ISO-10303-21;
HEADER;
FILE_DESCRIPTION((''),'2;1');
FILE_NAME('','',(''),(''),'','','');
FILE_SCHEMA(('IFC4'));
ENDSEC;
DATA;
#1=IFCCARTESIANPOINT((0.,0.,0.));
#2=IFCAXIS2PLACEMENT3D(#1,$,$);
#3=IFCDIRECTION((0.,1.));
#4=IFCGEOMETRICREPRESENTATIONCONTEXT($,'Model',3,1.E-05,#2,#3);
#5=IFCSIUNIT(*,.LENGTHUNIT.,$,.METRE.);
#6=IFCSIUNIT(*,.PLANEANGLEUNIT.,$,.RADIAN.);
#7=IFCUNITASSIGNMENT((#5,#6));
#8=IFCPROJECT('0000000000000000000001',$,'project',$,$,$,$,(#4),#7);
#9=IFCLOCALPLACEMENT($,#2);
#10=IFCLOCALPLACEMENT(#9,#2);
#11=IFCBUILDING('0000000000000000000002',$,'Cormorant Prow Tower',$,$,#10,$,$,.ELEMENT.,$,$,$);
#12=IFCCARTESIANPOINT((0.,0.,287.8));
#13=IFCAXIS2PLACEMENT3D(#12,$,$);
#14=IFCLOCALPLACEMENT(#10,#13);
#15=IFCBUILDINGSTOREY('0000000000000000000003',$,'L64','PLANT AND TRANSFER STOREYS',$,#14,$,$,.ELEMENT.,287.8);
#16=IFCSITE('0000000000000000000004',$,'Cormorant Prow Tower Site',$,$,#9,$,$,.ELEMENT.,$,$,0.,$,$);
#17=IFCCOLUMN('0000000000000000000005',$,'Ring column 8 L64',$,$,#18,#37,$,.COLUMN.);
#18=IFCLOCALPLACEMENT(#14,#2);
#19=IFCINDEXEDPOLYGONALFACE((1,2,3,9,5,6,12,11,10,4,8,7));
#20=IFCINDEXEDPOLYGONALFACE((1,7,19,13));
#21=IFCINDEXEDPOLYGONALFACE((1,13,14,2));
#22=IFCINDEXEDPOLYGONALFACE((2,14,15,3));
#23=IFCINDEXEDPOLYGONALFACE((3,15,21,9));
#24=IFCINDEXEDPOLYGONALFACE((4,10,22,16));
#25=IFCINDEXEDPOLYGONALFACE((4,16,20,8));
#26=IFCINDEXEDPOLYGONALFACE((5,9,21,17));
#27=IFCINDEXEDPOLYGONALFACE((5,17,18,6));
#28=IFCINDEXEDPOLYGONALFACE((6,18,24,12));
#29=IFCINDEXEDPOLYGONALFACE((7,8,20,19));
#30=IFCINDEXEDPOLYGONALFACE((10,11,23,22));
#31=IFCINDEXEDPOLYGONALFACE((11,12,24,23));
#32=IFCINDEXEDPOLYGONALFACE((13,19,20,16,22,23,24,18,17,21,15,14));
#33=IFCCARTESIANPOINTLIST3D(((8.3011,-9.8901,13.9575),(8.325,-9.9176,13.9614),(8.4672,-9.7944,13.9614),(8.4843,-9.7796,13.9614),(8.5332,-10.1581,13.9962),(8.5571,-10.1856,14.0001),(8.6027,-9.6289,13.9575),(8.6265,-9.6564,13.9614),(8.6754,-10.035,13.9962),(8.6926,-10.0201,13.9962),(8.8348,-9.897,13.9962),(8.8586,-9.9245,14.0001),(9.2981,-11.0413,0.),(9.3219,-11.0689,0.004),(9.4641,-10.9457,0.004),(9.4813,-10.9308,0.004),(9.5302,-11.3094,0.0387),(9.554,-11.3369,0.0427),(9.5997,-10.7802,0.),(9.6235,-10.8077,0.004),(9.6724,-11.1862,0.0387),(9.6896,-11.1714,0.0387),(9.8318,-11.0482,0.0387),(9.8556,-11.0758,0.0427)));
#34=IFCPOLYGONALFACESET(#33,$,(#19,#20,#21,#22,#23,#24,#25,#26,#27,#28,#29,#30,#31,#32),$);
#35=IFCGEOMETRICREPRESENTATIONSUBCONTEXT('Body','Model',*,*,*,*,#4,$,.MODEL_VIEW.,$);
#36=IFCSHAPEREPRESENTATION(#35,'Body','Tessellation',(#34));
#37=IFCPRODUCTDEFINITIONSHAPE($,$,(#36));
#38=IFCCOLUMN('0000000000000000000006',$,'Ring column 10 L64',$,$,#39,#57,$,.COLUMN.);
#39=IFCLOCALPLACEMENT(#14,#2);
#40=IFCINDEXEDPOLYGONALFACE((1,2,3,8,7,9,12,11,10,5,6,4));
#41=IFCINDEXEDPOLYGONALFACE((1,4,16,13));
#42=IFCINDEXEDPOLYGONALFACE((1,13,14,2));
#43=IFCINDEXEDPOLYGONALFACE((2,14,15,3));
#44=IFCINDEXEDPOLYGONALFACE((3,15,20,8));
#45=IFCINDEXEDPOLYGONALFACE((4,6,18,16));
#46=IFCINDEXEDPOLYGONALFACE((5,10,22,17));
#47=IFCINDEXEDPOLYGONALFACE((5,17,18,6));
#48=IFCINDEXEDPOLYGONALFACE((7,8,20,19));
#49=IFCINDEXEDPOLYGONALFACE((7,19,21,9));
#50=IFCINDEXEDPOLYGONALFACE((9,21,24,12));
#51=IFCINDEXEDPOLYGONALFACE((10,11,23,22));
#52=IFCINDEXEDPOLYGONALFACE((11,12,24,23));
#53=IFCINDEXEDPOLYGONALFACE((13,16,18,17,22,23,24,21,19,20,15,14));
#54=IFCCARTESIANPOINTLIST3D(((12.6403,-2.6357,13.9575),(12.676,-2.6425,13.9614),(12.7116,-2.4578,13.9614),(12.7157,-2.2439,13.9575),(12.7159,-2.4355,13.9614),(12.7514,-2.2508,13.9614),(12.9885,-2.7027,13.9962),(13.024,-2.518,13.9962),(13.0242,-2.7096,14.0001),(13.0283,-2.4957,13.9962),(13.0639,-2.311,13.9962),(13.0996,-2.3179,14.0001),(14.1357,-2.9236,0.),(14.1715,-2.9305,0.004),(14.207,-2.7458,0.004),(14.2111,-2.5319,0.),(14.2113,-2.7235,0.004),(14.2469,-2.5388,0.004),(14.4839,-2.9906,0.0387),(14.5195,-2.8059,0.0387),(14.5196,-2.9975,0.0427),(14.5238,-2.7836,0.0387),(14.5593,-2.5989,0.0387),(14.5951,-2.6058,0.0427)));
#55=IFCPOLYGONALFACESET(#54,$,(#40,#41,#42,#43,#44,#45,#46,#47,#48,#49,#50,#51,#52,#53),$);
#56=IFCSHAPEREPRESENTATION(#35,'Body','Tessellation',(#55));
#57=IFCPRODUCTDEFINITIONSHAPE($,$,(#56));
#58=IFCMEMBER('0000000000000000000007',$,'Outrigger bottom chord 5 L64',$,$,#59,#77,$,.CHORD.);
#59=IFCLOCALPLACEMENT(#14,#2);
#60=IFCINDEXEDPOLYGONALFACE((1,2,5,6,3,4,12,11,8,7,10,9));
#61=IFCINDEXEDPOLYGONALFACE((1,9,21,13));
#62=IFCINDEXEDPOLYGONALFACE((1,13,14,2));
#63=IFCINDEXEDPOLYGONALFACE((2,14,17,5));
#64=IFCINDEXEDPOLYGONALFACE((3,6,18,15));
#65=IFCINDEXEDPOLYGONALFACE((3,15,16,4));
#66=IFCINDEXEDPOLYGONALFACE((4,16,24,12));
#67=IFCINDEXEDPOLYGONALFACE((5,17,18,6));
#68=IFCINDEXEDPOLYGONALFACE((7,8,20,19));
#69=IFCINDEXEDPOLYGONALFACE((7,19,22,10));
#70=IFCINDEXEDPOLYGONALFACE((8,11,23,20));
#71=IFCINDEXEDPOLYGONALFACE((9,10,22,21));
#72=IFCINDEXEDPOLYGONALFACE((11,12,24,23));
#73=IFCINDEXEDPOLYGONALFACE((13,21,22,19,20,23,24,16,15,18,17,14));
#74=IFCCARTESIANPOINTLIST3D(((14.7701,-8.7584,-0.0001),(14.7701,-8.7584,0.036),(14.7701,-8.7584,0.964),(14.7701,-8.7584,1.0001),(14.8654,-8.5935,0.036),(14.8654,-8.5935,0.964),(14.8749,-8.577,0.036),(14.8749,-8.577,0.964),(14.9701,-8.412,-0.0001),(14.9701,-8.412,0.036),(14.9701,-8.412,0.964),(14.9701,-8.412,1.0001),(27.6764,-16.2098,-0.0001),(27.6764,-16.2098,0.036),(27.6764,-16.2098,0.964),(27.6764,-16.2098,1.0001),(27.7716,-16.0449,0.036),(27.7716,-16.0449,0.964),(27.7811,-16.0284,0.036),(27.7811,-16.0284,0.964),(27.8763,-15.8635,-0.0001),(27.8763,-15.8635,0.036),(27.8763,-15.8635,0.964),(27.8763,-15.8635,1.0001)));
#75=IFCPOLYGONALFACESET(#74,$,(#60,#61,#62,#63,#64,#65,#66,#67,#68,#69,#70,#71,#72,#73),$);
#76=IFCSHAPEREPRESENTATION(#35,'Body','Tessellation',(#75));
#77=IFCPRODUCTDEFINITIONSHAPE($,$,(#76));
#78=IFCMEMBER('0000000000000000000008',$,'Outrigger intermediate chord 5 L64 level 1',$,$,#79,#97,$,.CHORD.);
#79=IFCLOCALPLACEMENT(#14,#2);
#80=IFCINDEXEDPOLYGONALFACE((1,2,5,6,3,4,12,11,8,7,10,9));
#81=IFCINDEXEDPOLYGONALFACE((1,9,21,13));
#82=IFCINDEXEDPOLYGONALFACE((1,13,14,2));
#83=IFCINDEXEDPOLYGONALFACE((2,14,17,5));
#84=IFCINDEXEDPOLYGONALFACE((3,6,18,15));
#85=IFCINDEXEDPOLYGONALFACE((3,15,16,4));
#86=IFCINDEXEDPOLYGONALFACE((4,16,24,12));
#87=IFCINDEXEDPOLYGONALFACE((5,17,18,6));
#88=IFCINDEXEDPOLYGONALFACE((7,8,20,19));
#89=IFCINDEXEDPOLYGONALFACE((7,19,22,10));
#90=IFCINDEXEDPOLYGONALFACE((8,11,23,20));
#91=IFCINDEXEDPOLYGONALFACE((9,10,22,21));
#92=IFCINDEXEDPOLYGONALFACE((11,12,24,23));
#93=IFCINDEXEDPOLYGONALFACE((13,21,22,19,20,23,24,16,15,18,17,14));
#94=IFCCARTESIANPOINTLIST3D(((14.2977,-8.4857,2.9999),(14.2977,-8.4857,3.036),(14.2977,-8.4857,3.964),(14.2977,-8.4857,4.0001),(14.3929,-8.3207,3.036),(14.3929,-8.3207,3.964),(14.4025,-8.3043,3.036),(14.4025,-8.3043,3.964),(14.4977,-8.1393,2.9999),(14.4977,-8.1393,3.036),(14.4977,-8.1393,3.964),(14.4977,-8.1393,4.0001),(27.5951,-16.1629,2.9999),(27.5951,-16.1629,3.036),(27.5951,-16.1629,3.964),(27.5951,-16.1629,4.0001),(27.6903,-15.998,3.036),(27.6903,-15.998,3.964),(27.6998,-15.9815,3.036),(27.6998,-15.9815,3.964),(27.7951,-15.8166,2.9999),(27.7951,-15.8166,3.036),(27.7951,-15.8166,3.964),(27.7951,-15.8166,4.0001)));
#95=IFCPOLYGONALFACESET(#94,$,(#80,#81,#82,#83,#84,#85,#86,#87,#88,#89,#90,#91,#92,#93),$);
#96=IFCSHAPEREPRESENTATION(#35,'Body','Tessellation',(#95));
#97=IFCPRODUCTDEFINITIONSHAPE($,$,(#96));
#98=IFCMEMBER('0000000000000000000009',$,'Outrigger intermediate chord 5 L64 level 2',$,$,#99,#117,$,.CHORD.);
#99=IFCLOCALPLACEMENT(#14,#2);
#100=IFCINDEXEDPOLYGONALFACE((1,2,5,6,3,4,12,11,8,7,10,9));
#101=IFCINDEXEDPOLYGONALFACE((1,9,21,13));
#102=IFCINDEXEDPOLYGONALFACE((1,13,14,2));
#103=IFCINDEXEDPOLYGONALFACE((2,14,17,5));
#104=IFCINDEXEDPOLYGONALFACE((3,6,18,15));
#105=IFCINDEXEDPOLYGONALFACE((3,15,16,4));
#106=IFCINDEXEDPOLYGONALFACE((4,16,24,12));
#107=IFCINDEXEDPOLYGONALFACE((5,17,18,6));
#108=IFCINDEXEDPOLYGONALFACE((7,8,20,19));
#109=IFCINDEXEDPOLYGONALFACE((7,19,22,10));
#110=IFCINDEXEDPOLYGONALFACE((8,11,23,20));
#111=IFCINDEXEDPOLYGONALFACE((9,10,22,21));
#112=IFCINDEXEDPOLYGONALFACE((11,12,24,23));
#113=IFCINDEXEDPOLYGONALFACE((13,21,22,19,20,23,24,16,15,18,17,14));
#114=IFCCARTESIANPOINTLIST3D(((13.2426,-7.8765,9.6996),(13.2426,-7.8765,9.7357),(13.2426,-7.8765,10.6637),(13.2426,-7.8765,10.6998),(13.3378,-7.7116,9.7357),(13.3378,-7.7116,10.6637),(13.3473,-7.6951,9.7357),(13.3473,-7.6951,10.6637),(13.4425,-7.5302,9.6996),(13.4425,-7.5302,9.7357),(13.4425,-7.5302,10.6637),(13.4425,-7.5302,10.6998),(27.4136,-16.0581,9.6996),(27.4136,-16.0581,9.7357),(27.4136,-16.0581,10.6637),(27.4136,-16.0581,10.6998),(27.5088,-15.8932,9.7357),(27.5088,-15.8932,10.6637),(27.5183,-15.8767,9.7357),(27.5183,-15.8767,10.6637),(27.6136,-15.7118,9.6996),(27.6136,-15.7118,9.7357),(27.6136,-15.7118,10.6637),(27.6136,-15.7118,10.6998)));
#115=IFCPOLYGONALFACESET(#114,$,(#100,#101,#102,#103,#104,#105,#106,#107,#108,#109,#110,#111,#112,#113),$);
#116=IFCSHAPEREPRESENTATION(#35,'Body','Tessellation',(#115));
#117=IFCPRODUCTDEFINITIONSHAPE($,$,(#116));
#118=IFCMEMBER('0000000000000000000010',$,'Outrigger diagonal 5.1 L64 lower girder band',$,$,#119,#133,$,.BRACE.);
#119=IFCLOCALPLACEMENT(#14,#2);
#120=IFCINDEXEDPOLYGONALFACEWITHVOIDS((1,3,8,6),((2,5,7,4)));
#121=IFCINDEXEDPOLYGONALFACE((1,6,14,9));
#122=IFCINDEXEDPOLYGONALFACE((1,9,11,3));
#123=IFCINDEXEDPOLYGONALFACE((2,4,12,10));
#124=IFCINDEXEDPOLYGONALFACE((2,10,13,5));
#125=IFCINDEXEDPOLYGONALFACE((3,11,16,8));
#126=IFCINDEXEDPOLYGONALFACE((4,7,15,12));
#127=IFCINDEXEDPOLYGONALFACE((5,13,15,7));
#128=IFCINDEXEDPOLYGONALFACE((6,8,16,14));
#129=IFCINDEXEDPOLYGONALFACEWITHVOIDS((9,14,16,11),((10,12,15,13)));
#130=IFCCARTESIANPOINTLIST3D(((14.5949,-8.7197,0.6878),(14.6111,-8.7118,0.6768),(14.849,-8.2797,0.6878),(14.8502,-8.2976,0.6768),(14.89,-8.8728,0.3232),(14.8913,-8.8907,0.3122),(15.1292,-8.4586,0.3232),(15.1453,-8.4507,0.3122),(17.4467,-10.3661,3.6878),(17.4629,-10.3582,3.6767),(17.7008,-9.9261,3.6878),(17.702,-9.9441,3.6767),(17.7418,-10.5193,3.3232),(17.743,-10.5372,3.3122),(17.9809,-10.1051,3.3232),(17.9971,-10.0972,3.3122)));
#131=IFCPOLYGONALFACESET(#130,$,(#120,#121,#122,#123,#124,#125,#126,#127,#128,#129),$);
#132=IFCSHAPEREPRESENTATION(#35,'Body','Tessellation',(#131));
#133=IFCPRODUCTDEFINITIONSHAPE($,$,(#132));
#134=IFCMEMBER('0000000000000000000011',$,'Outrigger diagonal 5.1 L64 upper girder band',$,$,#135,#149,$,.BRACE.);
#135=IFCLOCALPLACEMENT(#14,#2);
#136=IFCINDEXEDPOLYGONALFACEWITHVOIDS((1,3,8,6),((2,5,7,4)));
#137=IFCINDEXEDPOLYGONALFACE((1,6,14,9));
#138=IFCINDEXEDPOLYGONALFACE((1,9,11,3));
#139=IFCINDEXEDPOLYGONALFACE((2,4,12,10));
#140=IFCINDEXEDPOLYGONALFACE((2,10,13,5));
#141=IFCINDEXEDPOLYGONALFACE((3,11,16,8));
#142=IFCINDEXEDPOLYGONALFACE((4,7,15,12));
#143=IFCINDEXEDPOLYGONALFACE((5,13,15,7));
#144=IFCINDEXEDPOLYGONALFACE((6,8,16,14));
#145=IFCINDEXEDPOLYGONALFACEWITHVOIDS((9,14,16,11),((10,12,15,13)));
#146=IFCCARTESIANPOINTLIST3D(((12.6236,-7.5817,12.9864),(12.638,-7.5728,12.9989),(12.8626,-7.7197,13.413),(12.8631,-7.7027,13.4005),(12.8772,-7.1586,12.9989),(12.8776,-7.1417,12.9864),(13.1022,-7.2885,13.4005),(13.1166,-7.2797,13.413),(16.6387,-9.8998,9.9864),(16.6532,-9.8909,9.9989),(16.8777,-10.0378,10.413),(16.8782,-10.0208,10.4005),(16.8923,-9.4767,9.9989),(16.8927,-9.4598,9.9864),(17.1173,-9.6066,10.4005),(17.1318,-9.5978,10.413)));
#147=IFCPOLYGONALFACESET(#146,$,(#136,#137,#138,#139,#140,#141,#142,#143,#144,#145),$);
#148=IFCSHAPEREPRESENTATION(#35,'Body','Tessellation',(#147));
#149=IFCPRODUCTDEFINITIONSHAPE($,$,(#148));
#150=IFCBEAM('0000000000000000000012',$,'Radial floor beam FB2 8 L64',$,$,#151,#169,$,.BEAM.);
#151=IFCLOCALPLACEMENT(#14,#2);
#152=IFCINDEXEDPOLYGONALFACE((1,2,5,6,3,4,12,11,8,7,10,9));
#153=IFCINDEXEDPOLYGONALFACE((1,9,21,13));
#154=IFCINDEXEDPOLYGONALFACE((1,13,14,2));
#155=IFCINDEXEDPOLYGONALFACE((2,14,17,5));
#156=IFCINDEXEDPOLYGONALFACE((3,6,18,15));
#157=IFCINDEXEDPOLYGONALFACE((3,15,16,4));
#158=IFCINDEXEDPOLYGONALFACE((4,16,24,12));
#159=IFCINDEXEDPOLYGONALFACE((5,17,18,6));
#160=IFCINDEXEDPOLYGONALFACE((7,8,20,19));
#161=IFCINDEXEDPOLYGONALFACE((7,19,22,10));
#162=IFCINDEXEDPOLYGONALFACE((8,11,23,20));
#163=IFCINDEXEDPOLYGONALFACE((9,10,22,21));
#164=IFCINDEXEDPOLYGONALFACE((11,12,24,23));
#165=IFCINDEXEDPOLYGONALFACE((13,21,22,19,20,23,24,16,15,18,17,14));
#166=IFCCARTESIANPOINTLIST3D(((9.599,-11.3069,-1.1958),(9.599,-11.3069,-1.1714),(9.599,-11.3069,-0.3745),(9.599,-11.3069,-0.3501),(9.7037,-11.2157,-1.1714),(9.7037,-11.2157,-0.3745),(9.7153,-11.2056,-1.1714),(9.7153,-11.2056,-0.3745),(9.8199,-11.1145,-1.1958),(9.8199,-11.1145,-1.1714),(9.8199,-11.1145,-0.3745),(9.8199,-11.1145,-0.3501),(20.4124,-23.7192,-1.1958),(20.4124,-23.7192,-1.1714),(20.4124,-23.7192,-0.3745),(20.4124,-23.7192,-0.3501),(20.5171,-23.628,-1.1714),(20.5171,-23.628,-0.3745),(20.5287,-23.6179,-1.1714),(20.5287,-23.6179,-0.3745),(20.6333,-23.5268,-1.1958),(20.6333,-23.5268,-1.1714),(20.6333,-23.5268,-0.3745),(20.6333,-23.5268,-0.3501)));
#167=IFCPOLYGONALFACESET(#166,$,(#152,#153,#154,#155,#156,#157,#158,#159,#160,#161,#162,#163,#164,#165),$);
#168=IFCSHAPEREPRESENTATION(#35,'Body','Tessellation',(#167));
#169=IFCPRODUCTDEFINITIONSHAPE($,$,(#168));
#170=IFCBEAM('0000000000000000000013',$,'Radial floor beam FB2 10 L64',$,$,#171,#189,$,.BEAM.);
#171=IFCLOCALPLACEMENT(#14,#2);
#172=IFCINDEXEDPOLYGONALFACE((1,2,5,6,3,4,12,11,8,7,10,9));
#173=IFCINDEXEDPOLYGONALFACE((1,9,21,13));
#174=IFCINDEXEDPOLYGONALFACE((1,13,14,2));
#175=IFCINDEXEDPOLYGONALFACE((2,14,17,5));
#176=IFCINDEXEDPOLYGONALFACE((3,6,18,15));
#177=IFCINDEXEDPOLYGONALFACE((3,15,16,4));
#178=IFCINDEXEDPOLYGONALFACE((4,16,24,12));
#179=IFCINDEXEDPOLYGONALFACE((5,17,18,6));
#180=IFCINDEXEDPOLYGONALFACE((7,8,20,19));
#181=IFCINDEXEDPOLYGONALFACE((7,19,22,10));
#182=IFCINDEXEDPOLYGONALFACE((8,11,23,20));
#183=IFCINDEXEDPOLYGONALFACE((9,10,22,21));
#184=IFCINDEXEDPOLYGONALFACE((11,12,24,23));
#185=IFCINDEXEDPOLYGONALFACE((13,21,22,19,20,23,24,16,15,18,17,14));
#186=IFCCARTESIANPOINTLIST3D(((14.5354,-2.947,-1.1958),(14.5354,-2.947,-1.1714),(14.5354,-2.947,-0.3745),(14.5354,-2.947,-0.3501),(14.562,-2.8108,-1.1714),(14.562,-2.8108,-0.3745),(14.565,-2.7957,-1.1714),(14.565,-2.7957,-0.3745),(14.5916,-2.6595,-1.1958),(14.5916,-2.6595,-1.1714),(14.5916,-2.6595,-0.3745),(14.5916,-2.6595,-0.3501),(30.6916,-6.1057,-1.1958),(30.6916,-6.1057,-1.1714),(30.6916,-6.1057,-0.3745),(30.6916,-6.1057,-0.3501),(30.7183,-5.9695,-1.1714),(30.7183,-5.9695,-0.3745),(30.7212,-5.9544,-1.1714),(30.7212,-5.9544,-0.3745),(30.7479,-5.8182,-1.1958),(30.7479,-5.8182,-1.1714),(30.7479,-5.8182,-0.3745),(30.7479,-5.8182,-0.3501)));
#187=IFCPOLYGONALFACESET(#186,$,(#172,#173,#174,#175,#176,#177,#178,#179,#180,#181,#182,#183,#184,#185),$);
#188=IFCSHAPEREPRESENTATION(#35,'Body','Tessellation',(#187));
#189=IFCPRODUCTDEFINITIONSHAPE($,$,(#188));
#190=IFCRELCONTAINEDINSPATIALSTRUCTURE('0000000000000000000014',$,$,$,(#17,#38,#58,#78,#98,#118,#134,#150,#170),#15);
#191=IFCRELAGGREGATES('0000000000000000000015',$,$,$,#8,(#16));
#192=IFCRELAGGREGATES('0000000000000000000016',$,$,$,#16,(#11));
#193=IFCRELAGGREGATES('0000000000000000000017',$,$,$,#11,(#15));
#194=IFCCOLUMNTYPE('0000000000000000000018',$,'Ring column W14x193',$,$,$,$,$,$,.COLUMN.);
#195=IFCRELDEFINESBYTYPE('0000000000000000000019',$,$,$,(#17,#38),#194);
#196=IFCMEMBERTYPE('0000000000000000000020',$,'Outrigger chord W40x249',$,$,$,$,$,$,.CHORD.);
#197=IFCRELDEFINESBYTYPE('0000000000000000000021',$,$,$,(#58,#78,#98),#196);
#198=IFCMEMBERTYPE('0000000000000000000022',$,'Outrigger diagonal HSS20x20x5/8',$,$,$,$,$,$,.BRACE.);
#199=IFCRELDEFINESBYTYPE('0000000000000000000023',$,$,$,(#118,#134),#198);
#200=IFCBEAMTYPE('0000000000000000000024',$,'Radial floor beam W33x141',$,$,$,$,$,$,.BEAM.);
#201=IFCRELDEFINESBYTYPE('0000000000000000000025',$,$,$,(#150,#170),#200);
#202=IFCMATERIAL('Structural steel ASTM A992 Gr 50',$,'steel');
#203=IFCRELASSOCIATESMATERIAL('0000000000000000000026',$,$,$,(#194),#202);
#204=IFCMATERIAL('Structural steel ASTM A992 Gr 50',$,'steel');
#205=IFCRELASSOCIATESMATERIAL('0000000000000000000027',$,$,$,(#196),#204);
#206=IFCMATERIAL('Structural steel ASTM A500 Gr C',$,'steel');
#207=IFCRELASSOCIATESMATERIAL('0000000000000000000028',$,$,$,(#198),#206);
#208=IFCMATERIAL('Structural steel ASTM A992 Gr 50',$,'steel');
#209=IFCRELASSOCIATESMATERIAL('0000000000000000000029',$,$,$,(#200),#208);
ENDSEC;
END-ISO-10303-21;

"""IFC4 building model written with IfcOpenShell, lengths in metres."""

from ifc_helpers import new_model, si_unit, direction, frame, origin, origin_2d, place, context, subcontext, project, spatial, hollow_rectangle, i_section, extrude, material, material_profile, profile_set, type_object, element, save


model = new_model("IFC4")

# Units and contexts
model_context = context("Model", 3, precision=1e-05, world=origin(), true_north=direction((0.0, 1.0)))
body_context = subcontext(model_context, "Body", "Model", "MODEL_VIEW")
ifc_project = project(units=[si_unit("LENGTHUNIT", "METRE"), si_unit("PLANEANGLEUNIT", "RADIAN")], contexts=[model_context])

# Site, building, storey
site_placement = place(None, origin())
site = spatial("IfcSite", under=ifc_project, at=site_placement, Name="Cormorant Prow Tower Site", CompositionType="ELEMENT", RefElevation=0.0)
building_placement = place(site_placement, origin())
building = spatial("IfcBuilding", under=site, at=building_placement, Name="Cormorant Prow Tower", CompositionType="ELEMENT")
storey_placement = place(building_placement, frame((0.0, 0.0, 287.8)))
storey = spatial("IfcBuildingStorey", under=building, at=storey_placement, Name="L64", Description="PLANT AND TRANSFER STOREYS", CompositionType="ELEMENT", Elevation=287.8)

# Columns
ifc_material_1 = material(Name="Structural steel ASTM A992 Gr 50", Category="steel")
ifc_material_profile_1 = material_profile(ifc_material_1, i_section(OverallWidth=0.3989, OverallDepth=0.3933, WebThickness=0.0227, FlangeThickness=0.0366, at=origin_2d()), Name="W14x193")
ifc_profile_set_1 = profile_set([ifc_material_profile_1], Name="Structural steel ASTM A992 Gr 50")
column_type = type_object("IfcColumnType", Name="Ring column W14x193", PredefinedType="COLUMN", material=ifc_profile_set_1)
for number, where, z_axis, x_axis, name in (
    (1, (9.5784, -11.0603, 0.0), (-0.071007, 0.081998, 0.9941), (-0.755953, -0.654626, 0.0), "Ring column 8 L64"),
    (2, (14.3677, -2.7651, 0.0), (-0.106511, 0.020508, 0.9941), (-0.189073, -0.981963, 0.0), "Ring column 10 L64"),
):
    element("IfcColumn", number, at=place(storey_placement, frame(where, z_axis=z_axis, x_axis=x_axis)), inside=storey, type_object=column_type, Name=name, PredefinedType="COLUMN", context=body_context, shape_type="SweptSolid", body=[
        extrude(i_section(OverallWidth=0.3989, OverallDepth=0.3933, WebThickness=0.0227, FlangeThickness=0.0366, at=origin_2d()), frame((0.0, 0.0, 0.0215)), (0.0, 0.0, 1.0), 14.0403),
    ])

# Members
ifc_material_2 = material(Name="Structural steel ASTM A992 Gr 50", Category="steel")
ifc_material_profile_2 = material_profile(ifc_material_2, i_section(OverallWidth=0.3999, OverallDepth=1.0002, WebThickness=0.019, FlangeThickness=0.0361, at=origin_2d()), Name="W40x249")
ifc_profile_set_2 = profile_set([ifc_material_profile_2], Name="Structural steel ASTM A992 Gr 50")
member_type_1 = type_object("IfcMemberType", Name="Outrigger chord W40x249", PredefinedType="CHORD", material=ifc_profile_set_2)
member_1_placement = place(storey_placement, frame((14.8701, -8.5852, 0.5), z_axis=(0.866026, -0.499999, 0.0), x_axis=(0.499999, 0.866026, 0.0)))
element("IfcMember", 3, at=member_1_placement, inside=storey, type_object=member_type_1, Name="Outrigger bottom chord 5 L64", PredefinedType="CHORD", context=body_context, shape_type="SweptSolid", body=[
    extrude(i_section(OverallWidth=0.3999, OverallDepth=1.0002, WebThickness=0.019, FlangeThickness=0.0361, at=origin_2d()), origin(), (0.0, 0.0, 1.0), 14.9028),
])
member_2_placement = place(storey_placement, frame((14.3977, -8.3125, 3.5), z_axis=(0.866025, -0.5, 0.0), x_axis=(0.5, 0.866025, 0.0)))
element("IfcMember", 4, at=member_2_placement, inside=storey, type_object=member_type_1, Name="Outrigger intermediate chord 5 L64 level 1", PredefinedType="CHORD", context=body_context, shape_type="SweptSolid", body=[
    extrude(i_section(OverallWidth=0.3999, OverallDepth=1.0002, WebThickness=0.019, FlangeThickness=0.0361, at=origin_2d()), origin(), (0.0, 0.0, 1.0), 15.3545),
])
member_3_placement = place(storey_placement, frame((13.3425, -7.7034, 10.1997), z_axis=(0.866027, -0.499997, 0.0), x_axis=(0.499997, 0.866027, 0.0)))
element("IfcMember", 5, at=member_3_placement, inside=storey, type_object=member_type_1, Name="Outrigger intermediate chord 5 L64 level 2", PredefinedType="CHORD", context=body_context, shape_type="SweptSolid", body=[
    extrude(i_section(OverallWidth=0.3999, OverallDepth=1.0002, WebThickness=0.019, FlangeThickness=0.0361, at=origin_2d()), origin(), (0.0, 0.0, 1.0), 16.3633),
])
ifc_material_3 = material(Name="Structural steel ASTM A500 Gr C", Category="steel")
ifc_material_profile_3 = material_profile(ifc_material_3, hollow_rectangle(XDim=0.5081, YDim=0.5081, WallThickness=0.0149, at=origin_2d()), Name="HSS20x20x5/8")
ifc_profile_set_3 = profile_set([ifc_material_profile_3], Name="Structural steel ASTM A500 Gr C")
member_type_2 = type_object("IfcMemberType", Name="Outrigger diagonal HSS20x20x5/8", PredefinedType="BRACE", material=ifc_profile_set_3)
member_4_placement = place(storey_placement, frame((14.8701, -8.5852, 0.5), z_axis=(0.64019, -0.369612, 0.673457), x_axis=(0.499998, 0.866026, 0.0)))
element("IfcMember", 6, at=member_4_placement, inside=storey, type_object=member_type_2, Name="Outrigger diagonal 5.1 L64 lower girder band", PredefinedType="BRACE", context=body_context, shape_type="SweptSolid", body=[
    extrude(hollow_rectangle(XDim=0.5081, YDim=0.5081, WallThickness=0.0149, at=origin_2d()), origin(), (0.0, 0.0, 1.0), 4.4546),
])
member_5_placement = place(storey_placement, frame((12.8701, -7.4307, 13.1997), z_axis=(0.727087, -0.419779, -0.543259), x_axis=(0.499996, 0.866028, 0.0)))
element("IfcMember", 7, at=member_5_placement, inside=storey, type_object=member_type_2, Name="Outrigger diagonal 5.1 L64 upper girder band", PredefinedType="BRACE", context=body_context, shape_type="SweptSolid", body=[
    extrude(hollow_rectangle(XDim=0.5081, YDim=0.5081, WallThickness=0.0149, at=origin_2d()), origin(), (0.0, 0.0, 1.0), 5.5222),
])

# Beams
ifc_material_4 = material(Name="Structural steel ASTM A992 Gr 50", Category="steel")
ifc_material_profile_4 = material_profile(ifc_material_4, i_section(OverallWidth=0.293, OverallDepth=0.8457, WebThickness=0.0154, FlangeThickness=0.0244, at=origin_2d()), Name="W33x141")
ifc_profile_set_4 = profile_set([ifc_material_profile_4], Name="Structural steel ASTM A992 Gr 50")
beam_type = type_object("IfcBeamType", Name="Radial floor beam W33x141", PredefinedType="BEAM", material=ifc_profile_set_4)
beam_1_placement = place(storey_placement, frame((9.7095, -11.2107, -0.7729), z_axis=(0.656875, -0.754, 0.0), x_axis=(0.754, 0.656875, 0.0)))
element("IfcBeam", 8, at=beam_1_placement, inside=storey, type_object=beam_type, Name="Radial floor beam FB2 8 L64", PredefinedType="BEAM", context=body_context, shape_type="SweptSolid", body=[
    extrude(i_section(OverallWidth=0.293, OverallDepth=0.8457, WebThickness=0.0154, FlangeThickness=0.0244, at=origin_2d()), origin(), (0.0, 0.0, 1.0), 16.4619),
])
beam_2_placement = place(storey_placement, frame((14.5635, -2.8032, -0.7729), z_axis=(0.981419, -0.191876, 0.0), x_axis=(0.191876, 0.981419, 0.0)))
element("IfcBeam", 9, at=beam_2_placement, inside=storey, type_object=beam_type, Name="Radial floor beam FB2 10 L64", PredefinedType="BEAM", context=body_context, shape_type="SweptSolid", body=[
    extrude(i_section(OverallWidth=0.293, OverallDepth=0.8457, WebThickness=0.0154, FlangeThickness=0.0244, at=origin_2d()), origin(), (0.0, 0.0, 1.0), 16.4622),
])

save(model, "model.ifc")
